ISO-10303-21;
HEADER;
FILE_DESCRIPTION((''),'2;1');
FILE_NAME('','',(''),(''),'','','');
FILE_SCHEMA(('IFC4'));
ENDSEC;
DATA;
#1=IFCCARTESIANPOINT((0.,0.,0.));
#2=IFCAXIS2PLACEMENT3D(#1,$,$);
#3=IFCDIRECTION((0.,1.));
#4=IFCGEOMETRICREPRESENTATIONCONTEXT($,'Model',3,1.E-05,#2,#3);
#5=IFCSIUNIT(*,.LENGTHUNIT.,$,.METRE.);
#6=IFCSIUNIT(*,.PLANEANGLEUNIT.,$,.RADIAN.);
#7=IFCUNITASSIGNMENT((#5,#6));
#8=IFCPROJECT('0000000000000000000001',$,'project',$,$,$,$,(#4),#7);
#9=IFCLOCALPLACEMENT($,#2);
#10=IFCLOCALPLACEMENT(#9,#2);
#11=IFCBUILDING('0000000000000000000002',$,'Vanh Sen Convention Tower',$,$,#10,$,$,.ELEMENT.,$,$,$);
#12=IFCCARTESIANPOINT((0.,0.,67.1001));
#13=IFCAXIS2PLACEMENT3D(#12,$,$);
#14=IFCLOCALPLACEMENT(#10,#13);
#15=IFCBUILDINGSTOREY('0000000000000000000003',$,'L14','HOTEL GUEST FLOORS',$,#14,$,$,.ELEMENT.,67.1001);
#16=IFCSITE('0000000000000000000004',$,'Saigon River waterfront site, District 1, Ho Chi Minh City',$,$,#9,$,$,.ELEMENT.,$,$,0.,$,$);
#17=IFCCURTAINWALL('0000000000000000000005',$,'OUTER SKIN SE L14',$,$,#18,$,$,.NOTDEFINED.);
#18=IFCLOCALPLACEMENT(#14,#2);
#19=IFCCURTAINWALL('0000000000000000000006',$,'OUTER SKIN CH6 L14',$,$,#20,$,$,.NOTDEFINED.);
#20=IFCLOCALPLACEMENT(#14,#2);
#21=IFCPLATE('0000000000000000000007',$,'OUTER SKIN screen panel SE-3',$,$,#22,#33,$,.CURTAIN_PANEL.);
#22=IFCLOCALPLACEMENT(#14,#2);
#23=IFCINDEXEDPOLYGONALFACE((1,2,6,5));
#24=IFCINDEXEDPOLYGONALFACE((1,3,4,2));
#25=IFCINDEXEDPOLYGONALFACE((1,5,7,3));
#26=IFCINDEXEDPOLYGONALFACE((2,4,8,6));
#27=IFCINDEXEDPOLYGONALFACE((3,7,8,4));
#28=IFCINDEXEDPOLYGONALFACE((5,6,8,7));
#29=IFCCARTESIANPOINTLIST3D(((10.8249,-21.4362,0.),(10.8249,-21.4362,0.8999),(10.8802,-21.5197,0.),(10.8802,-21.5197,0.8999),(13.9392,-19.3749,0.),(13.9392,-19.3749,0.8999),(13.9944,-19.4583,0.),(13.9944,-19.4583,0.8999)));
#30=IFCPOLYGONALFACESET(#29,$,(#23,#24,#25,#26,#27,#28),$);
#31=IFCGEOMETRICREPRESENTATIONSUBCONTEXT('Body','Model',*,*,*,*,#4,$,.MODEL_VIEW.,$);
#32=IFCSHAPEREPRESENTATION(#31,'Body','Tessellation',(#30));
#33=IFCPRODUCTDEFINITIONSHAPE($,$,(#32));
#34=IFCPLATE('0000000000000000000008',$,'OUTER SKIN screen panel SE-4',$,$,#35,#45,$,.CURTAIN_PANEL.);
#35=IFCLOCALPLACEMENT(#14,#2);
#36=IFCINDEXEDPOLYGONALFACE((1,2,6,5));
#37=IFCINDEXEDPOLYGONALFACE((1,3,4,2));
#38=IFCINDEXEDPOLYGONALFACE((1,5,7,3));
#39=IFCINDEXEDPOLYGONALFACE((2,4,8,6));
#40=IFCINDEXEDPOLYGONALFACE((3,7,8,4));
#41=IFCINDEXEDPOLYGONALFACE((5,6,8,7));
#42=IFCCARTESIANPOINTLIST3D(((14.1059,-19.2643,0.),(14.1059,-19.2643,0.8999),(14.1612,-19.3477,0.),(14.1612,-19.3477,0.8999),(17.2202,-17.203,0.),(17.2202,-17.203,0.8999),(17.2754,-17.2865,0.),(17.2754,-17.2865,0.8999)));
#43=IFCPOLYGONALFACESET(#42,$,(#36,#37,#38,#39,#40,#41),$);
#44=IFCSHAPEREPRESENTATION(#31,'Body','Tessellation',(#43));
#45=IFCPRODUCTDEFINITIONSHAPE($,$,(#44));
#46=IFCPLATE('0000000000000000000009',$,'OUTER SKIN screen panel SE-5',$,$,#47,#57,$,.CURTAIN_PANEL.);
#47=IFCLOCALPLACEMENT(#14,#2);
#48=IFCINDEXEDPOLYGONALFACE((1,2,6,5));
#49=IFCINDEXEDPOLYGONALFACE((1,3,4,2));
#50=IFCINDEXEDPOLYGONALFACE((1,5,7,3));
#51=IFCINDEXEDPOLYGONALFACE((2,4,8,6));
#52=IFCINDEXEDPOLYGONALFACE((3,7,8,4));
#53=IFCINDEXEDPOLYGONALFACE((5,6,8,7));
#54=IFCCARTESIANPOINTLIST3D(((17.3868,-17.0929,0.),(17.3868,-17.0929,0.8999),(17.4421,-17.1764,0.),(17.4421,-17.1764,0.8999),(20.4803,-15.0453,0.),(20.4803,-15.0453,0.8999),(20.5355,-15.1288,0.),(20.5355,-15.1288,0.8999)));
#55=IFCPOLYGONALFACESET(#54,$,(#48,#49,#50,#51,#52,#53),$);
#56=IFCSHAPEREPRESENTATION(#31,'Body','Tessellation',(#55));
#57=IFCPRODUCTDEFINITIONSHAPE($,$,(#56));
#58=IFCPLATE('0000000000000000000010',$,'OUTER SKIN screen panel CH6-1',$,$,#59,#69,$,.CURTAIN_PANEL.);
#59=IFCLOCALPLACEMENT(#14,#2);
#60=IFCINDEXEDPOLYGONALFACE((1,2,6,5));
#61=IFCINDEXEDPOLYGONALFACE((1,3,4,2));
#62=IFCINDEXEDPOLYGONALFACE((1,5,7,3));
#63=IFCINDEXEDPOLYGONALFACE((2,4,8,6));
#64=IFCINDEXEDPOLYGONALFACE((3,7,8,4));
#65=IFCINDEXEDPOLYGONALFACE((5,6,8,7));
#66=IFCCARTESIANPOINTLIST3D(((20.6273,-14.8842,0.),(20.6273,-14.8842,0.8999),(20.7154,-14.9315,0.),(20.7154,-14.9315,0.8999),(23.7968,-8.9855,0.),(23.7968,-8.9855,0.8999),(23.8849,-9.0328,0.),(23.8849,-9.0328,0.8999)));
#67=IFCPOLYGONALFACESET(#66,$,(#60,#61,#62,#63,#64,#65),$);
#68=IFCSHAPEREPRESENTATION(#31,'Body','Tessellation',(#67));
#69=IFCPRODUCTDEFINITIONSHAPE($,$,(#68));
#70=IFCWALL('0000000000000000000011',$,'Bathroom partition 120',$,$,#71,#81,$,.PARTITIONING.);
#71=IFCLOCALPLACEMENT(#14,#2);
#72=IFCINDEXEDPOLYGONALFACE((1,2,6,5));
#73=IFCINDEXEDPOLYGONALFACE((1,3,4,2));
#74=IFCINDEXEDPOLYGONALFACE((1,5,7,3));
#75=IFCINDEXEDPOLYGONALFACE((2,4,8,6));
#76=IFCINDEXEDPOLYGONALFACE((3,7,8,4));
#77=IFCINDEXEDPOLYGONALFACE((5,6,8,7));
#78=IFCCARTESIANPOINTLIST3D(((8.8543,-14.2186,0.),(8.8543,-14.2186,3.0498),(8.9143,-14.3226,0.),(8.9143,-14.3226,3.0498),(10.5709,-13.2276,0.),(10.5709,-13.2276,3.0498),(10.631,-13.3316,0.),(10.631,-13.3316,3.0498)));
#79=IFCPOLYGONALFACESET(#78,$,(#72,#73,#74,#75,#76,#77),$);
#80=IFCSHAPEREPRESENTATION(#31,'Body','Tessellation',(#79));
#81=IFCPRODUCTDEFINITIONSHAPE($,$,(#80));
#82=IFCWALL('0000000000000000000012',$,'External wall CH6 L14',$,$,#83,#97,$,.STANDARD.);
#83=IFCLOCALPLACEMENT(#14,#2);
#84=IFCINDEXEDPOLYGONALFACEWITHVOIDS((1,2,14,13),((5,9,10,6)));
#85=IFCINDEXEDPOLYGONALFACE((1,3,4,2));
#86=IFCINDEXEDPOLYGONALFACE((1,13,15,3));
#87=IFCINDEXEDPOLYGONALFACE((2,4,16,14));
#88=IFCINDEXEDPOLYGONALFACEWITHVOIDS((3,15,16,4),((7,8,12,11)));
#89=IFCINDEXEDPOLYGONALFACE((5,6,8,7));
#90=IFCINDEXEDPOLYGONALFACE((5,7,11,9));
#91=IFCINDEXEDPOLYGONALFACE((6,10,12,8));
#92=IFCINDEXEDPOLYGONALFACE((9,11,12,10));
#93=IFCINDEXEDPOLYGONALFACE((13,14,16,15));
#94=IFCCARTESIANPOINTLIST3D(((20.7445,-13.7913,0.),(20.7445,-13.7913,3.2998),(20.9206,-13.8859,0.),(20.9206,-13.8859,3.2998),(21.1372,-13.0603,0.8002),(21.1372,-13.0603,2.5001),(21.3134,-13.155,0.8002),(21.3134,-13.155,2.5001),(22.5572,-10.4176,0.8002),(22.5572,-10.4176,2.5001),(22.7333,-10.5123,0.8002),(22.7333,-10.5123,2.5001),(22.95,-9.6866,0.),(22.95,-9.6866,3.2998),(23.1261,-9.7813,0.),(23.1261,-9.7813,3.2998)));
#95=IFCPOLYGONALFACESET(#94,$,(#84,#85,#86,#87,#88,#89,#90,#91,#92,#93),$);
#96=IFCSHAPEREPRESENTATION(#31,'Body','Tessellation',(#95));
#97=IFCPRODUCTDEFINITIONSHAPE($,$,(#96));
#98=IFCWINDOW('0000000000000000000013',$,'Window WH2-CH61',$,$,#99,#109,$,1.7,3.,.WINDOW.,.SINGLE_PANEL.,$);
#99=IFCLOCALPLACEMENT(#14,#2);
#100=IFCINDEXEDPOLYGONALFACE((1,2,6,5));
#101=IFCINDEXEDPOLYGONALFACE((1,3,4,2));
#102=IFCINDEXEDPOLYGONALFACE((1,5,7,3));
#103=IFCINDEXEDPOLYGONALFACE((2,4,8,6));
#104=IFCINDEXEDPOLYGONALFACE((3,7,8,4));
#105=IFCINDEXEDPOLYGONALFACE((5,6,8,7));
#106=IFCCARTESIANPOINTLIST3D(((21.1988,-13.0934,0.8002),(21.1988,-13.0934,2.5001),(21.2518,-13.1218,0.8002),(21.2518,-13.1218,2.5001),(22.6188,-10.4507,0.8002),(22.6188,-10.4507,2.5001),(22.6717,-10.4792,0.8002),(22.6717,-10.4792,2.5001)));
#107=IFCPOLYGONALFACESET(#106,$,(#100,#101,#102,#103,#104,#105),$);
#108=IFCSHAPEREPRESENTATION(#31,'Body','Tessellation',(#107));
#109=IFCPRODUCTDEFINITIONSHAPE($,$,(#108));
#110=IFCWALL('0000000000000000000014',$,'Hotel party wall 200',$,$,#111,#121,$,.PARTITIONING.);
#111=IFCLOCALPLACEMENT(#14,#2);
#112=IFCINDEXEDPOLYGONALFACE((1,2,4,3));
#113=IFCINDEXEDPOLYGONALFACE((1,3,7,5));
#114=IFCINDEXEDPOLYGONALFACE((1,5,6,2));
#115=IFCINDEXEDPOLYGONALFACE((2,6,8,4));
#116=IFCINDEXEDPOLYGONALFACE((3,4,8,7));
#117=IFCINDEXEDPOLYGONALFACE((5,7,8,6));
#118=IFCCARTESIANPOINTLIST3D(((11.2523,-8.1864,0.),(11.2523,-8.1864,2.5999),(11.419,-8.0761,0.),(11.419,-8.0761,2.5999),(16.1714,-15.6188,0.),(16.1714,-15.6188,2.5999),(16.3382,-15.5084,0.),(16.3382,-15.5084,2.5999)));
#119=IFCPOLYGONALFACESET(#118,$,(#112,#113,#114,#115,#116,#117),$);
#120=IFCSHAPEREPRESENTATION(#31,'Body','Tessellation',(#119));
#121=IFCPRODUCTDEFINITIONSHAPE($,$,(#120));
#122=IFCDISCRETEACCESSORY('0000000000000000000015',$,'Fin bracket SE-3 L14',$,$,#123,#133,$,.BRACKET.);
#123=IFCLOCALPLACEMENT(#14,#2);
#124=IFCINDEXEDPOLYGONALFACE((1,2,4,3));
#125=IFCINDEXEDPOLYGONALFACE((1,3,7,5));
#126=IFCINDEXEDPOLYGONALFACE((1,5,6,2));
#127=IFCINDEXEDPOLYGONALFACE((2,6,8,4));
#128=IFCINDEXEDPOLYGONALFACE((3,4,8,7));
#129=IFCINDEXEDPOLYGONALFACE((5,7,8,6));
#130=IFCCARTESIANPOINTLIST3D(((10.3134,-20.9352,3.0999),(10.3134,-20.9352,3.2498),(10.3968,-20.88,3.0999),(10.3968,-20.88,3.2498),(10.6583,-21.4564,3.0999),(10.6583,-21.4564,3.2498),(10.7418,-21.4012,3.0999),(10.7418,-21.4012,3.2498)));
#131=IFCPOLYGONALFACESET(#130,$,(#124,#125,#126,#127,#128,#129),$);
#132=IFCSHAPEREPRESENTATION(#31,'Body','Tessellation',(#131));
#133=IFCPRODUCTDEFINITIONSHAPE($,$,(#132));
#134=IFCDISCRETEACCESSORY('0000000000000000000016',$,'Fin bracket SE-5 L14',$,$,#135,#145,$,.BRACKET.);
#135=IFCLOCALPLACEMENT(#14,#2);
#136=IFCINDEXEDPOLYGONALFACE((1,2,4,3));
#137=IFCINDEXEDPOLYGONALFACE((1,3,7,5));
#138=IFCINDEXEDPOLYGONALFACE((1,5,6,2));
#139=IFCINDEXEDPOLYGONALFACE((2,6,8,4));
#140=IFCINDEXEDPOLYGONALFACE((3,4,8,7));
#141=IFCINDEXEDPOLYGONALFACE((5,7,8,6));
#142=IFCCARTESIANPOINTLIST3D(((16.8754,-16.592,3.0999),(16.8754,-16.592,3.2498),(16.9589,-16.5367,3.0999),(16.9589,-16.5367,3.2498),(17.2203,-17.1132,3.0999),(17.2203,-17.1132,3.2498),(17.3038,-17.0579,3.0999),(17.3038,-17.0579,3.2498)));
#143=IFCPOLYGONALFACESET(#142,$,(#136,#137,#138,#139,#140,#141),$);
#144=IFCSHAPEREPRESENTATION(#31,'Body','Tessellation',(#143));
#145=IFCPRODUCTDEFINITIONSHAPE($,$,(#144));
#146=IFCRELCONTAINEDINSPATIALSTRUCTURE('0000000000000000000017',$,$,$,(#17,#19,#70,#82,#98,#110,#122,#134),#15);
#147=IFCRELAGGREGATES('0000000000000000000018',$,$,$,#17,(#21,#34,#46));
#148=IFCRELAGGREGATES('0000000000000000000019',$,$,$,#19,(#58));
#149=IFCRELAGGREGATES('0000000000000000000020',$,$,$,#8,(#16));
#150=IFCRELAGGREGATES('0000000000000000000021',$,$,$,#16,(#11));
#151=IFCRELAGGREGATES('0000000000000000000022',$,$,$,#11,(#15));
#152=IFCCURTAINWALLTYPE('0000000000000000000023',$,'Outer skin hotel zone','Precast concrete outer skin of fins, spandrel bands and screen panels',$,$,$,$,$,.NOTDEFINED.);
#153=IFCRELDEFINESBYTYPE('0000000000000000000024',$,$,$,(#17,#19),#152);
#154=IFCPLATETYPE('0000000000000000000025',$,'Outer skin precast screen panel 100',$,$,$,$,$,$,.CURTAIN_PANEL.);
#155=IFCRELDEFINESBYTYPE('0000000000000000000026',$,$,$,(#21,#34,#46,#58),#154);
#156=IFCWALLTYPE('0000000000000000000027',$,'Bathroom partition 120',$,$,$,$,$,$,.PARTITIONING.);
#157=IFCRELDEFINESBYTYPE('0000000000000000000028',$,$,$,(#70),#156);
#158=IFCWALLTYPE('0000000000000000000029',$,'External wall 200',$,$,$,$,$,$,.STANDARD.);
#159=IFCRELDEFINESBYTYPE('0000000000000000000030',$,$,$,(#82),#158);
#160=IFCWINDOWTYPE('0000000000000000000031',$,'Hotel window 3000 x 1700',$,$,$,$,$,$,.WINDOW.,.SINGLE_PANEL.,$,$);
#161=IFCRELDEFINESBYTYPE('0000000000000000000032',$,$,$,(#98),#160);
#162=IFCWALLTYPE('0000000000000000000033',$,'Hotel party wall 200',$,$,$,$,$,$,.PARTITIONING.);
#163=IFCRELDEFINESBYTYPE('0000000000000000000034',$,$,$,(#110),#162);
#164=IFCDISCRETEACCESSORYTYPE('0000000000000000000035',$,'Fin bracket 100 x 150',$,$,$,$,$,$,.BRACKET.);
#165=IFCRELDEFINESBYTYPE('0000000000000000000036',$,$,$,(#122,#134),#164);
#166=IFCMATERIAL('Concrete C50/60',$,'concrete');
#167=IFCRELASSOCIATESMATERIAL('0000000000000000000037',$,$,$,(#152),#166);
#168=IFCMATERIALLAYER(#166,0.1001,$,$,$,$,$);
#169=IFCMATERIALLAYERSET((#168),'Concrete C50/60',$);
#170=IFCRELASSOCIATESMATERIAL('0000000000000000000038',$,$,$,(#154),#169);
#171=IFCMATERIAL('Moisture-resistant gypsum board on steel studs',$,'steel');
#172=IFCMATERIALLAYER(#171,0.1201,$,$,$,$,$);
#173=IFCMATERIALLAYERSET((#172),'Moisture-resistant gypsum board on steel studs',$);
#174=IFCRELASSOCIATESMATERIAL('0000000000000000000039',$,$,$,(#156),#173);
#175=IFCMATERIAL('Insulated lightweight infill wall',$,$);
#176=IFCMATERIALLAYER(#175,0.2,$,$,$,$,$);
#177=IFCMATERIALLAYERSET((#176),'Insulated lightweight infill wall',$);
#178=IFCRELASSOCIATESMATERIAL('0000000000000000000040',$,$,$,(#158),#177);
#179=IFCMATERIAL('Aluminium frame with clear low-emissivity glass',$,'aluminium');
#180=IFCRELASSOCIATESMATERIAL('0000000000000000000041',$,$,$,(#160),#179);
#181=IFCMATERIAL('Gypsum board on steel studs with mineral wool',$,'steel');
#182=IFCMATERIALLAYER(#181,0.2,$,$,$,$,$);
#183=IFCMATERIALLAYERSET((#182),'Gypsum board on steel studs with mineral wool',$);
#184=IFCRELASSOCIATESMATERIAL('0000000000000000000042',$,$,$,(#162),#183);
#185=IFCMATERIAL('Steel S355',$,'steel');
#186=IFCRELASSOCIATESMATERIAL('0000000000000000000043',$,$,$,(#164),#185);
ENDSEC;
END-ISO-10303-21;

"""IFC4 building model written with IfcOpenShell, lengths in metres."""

from ifc_helpers import new_model, si_unit, direction, frame, frame_2d, origin, origin_2d, place, context, subcontext, project, spatial, rectangle, extrude, material, layer, layer_set, type_object, element, fill, aggregate, save


model = new_model("IFC4")

# Units and contexts
model_context = context("Model", 3, precision=1e-05, world=origin(), true_north=direction((0.0, 1.0)))
body_context = subcontext(model_context, "Body", "Model", "MODEL_VIEW")
ifc_project = project(units=[si_unit("LENGTHUNIT", "METRE"), si_unit("PLANEANGLEUNIT", "RADIAN")], contexts=[model_context])

# Site, building, storey
site_placement = place(None, origin())
site = spatial("IfcSite", under=ifc_project, at=site_placement, Name="Saigon River waterfront site, District 1, Ho Chi Minh City", CompositionType="ELEMENT", RefElevation=0.0)
building_placement = place(site_placement, origin())
building = spatial("IfcBuilding", under=site, at=building_placement, Name="Vanh Sen Convention Tower", CompositionType="ELEMENT")
storey_placement = place(building_placement, frame((0.0, 0.0, 67.1001)))
storey = spatial("IfcBuildingStorey", under=building, at=storey_placement, Name="L14", Description="HOTEL GUEST FLOORS", CompositionType="ELEMENT", Elevation=67.1001)

# Curtain wall
ifc_material_1 = material(Name="Concrete C50/60", Category="concrete")
curtain_wall_type = type_object("IfcCurtainWallType", Name="Outer skin hotel zone", Description="Precast concrete outer skin of fins, spandrel bands and screen panels", PredefinedType="NOTDEFINED", material=ifc_material_1)
curtain_wall_1_placement = place(storey_placement, origin())
curtain_wall_1 = element("IfcCurtainWall", 1, at=curtain_wall_1_placement, inside=storey, type_object=curtain_wall_type, Name="OUTER SKIN SE L14", PredefinedType="NOTDEFINED")

# Curtain wall
curtain_wall_2_placement = place(storey_placement, origin())
curtain_wall_2 = element("IfcCurtainWall", 2, at=curtain_wall_2_placement, inside=storey, type_object=curtain_wall_type, Name="OUTER SKIN CH6 L14", PredefinedType="NOTDEFINED")

# Plates
ifc_layer_1 = layer(ifc_material_1, 0.1001)
ifc_layer_set_1 = layer_set([ifc_layer_1], Name="Concrete C50/60")
plate_type = type_object("IfcPlateType", Name="Outer skin precast screen panel 100", PredefinedType="CURTAIN_PANEL", material=ifc_layer_set_1)
plate_1_placement = place(storey_placement, frame((12.4097, -20.4473, 0.0), z_axis=(0.0, 0.0, 1.0), x_axis=(0.83388, 0.551946, 0.0)))
plate_1 = element("IfcPlate", 3, at=plate_1_placement, type_object=plate_type, Name="OUTER SKIN screen panel SE-3", PredefinedType="CURTAIN_PANEL", context=body_context, shape_type="SweptSolid", body=[
    extrude(rectangle(XDim=3.7346, YDim=0.1001, at=origin_2d()), origin(), (0.0, 0.0, 1.0), 0.8999),
])
plate_2_placement = place(storey_placement, frame((15.6907, -18.2754, 0.0), z_axis=(0.0, 0.0, 1.0), x_axis=(0.833892, 0.551928, 0.0)))
plate_2 = element("IfcPlate", 4, at=plate_2_placement, type_object=plate_type, Name="OUTER SKIN screen panel SE-4", PredefinedType="CURTAIN_PANEL", context=body_context, shape_type="SweptSolid", body=[
    extrude(rectangle(XDim=3.7346, YDim=0.1001, at=origin_2d()), origin(), (0.0, 0.0, 1.0), 0.8999),
])
plate_3_placement = place(storey_placement, frame((18.9612, -16.1108, 0.0), z_axis=(0.0, 0.0, 1.0), x_axis=(0.83388, 0.551946, 0.0)))
plate_3 = element("IfcPlate", 5, at=plate_3_placement, type_object=plate_type, Name="OUTER SKIN screen panel SE-5", PredefinedType="CURTAIN_PANEL", context=body_context, shape_type="SweptSolid", body=[
    extrude(rectangle(XDim=3.7097, YDim=0.1001, at=origin_2d()), origin(), (0.0, 0.0, 1.0), 0.8999),
])
aggregate(curtain_wall_1, [plate_1, plate_2, plate_3])
plate_4_placement = place(storey_placement, frame((22.2561, -11.9585, 0.0), z_axis=(0.0, 0.0, 1.0), x_axis=(0.473323, 0.880889, 0.0)))
plate_4 = element("IfcPlate", 6, at=plate_4_placement, type_object=plate_type, Name="OUTER SKIN screen panel CH6-1", PredefinedType="CURTAIN_PANEL", context=body_context, shape_type="SweptSolid", body=[
    extrude(rectangle(XDim=6.6963, YDim=0.1001, at=origin_2d()), origin(), (0.0, 0.0, 1.0), 0.8999),
])
aggregate(curtain_wall_2, [plate_4])

# Wall
ifc_material_2 = material(Name="Moisture-resistant gypsum board on steel studs", Category="steel")
ifc_layer_2 = layer(ifc_material_2, 0.1201)
ifc_layer_set_2 = layer_set([ifc_layer_2], Name="Moisture-resistant gypsum board on steel studs")
wall_type_1 = type_object("IfcWallType", Name="Bathroom partition 120", PredefinedType="PARTITIONING", material=ifc_layer_set_2)
wall_1_placement = place(storey_placement, frame((10.6011, -13.2795, 0.0), z_axis=(0.0, 0.0, 1.0), x_axis=(-0.866044, -0.499968, 0.0)))
element("IfcWall", 7, at=wall_1_placement, inside=storey, type_object=wall_type_1, Name="Bathroom partition 120", PredefinedType="PARTITIONING", context=body_context, shape_type="SweptSolid", body=[
    extrude(rectangle(XDim=1.9822, YDim=0.1201, at=frame_2d((0.9912, 0.0))), origin(), (0.0, 0.0, 1.0), 3.0498),
])

# Wall, opening, window
ifc_material_3 = material(Name="Insulated lightweight infill wall")
ifc_layer_3 = layer(ifc_material_3, 0.2)
ifc_layer_set_3 = layer_set([ifc_layer_3], Name="Insulated lightweight infill wall")
wall_type_2 = type_object("IfcWallType", Name="External wall 200", PredefinedType="STANDARD", material=ifc_layer_set_3)
wall_2_placement = place(storey_placement, frame((20.8325, -13.8386, 0.0), z_axis=(0.0, 0.0, 1.0), x_axis=(0.473322, 0.88089, 0.0)))
wall_2 = element("IfcWall", 8, at=wall_2_placement, inside=storey, type_object=wall_type_2, Name="External wall CH6 L14", PredefinedType="STANDARD", context=body_context, shape_type="SweptSolid", body=[
    extrude(rectangle(XDim=4.6597, YDim=0.2, at=frame_2d((2.3298, 0.0))), origin(), (0.0, 0.0, 1.0), 3.2998),
])
opening_placement = place(wall_2_placement, frame((0.8298, 0.0, 0.8)))
opening = element("IfcOpeningElement", 9, at=opening_placement, cuts=wall_2, PredefinedType="OPENING", context=body_context, shape_type="SweptSolid", body=[
    extrude(rectangle(XDim=3.0, YDim=1.7, at=frame_2d((1.5, 0.8501))), frame((0.0, 0.1099, 0.0), z_axis=(0.0, -1.0, 0.0), x_axis=(1.0, 0.0, 0.0)), (0.0, 0.0, 1.0), 0.22),
])
ifc_material_4 = material(Name="Aluminium frame with clear low-emissivity glass", Category="aluminium")
window_type = type_object("IfcWindowType", Name="Hotel window 3000 x 1700", PartitioningType="SINGLE_PANEL", PredefinedType="WINDOW", material=ifc_material_4)
window_placement = place(opening_placement, origin())
window = element("IfcWindow", 10, at=window_placement, inside=storey, type_object=window_type, Name="Window WH2-CH61", OverallHeight=1.7, OverallWidth=3.0, PartitioningType="SINGLE_PANEL", PredefinedType="WINDOW", context=body_context, shape_type="SweptSolid", body=[
    extrude(rectangle(XDim=3.0, YDim=1.7, at=frame_2d((1.5, 0.8501))), frame((0.0, 0.03, 0.0), z_axis=(0.0, -1.0, 0.0), x_axis=(1.0, 0.0, 0.0)), (0.0, 0.0, 1.0), 0.0601),
])
fill(opening, window)

# Wall
ifc_material_5 = material(Name="Gypsum board on steel studs with mineral wool", Category="steel")
ifc_layer_4 = layer(ifc_material_5, 0.2)
ifc_layer_set_4 = layer_set([ifc_layer_4], Name="Gypsum board on steel studs with mineral wool")
wall_type_3 = type_object("IfcWallType", Name="Hotel party wall 200", PredefinedType="PARTITIONING", material=ifc_layer_set_4)
wall_3_placement = place(storey_placement, frame((16.2549, -15.5637, 0.0), z_axis=(0.0, 0.0, 1.0), x_axis=(-0.551922, 0.833896, 0.0)))
element("IfcWall", 11, at=wall_3_placement, inside=storey, type_object=wall_type_3, Name="Hotel party wall 200", PredefinedType="PARTITIONING", context=body_context, shape_type="SweptSolid", body=[
    extrude(rectangle(XDim=8.9128, YDim=0.2, at=frame_2d((4.4565, 0.0))), origin(), (0.0, 0.0, 1.0), 2.5999),
])

# Discrete accessories
ifc_material_6 = material(Name="Steel S355", Category="steel")
discrete_accessory_type = type_object("IfcDiscreteAccessoryType", Name="Fin bracket 100 x 150", PredefinedType="BRACKET", material=ifc_material_6)
for number, where, z_axis, x_axis, name in (
    (12, (10.5276, -21.1682, 3.0999), (0.0, 0.0, 1.0), (0.551937, -0.833886, 0.0), "Fin bracket SE-3 L14"),
    (13, (17.0896, -16.825, 3.0999), (0.0, 0.0, 1.0), (0.551937, -0.833886, 0.0), "Fin bracket SE-5 L14"),
):
    element("IfcDiscreteAccessory", number, at=place(storey_placement, frame(where, z_axis=z_axis, x_axis=x_axis)), inside=storey, type_object=discrete_accessory_type, Name=name, PredefinedType="BRACKET", context=body_context, shape_type="SweptSolid", body=[
        extrude(rectangle(XDim=0.625, YDim=0.1001, at=origin_2d()), origin(), (0.0, 0.0, 1.0), 0.1499),
    ])

save(model, "model.ifc")
